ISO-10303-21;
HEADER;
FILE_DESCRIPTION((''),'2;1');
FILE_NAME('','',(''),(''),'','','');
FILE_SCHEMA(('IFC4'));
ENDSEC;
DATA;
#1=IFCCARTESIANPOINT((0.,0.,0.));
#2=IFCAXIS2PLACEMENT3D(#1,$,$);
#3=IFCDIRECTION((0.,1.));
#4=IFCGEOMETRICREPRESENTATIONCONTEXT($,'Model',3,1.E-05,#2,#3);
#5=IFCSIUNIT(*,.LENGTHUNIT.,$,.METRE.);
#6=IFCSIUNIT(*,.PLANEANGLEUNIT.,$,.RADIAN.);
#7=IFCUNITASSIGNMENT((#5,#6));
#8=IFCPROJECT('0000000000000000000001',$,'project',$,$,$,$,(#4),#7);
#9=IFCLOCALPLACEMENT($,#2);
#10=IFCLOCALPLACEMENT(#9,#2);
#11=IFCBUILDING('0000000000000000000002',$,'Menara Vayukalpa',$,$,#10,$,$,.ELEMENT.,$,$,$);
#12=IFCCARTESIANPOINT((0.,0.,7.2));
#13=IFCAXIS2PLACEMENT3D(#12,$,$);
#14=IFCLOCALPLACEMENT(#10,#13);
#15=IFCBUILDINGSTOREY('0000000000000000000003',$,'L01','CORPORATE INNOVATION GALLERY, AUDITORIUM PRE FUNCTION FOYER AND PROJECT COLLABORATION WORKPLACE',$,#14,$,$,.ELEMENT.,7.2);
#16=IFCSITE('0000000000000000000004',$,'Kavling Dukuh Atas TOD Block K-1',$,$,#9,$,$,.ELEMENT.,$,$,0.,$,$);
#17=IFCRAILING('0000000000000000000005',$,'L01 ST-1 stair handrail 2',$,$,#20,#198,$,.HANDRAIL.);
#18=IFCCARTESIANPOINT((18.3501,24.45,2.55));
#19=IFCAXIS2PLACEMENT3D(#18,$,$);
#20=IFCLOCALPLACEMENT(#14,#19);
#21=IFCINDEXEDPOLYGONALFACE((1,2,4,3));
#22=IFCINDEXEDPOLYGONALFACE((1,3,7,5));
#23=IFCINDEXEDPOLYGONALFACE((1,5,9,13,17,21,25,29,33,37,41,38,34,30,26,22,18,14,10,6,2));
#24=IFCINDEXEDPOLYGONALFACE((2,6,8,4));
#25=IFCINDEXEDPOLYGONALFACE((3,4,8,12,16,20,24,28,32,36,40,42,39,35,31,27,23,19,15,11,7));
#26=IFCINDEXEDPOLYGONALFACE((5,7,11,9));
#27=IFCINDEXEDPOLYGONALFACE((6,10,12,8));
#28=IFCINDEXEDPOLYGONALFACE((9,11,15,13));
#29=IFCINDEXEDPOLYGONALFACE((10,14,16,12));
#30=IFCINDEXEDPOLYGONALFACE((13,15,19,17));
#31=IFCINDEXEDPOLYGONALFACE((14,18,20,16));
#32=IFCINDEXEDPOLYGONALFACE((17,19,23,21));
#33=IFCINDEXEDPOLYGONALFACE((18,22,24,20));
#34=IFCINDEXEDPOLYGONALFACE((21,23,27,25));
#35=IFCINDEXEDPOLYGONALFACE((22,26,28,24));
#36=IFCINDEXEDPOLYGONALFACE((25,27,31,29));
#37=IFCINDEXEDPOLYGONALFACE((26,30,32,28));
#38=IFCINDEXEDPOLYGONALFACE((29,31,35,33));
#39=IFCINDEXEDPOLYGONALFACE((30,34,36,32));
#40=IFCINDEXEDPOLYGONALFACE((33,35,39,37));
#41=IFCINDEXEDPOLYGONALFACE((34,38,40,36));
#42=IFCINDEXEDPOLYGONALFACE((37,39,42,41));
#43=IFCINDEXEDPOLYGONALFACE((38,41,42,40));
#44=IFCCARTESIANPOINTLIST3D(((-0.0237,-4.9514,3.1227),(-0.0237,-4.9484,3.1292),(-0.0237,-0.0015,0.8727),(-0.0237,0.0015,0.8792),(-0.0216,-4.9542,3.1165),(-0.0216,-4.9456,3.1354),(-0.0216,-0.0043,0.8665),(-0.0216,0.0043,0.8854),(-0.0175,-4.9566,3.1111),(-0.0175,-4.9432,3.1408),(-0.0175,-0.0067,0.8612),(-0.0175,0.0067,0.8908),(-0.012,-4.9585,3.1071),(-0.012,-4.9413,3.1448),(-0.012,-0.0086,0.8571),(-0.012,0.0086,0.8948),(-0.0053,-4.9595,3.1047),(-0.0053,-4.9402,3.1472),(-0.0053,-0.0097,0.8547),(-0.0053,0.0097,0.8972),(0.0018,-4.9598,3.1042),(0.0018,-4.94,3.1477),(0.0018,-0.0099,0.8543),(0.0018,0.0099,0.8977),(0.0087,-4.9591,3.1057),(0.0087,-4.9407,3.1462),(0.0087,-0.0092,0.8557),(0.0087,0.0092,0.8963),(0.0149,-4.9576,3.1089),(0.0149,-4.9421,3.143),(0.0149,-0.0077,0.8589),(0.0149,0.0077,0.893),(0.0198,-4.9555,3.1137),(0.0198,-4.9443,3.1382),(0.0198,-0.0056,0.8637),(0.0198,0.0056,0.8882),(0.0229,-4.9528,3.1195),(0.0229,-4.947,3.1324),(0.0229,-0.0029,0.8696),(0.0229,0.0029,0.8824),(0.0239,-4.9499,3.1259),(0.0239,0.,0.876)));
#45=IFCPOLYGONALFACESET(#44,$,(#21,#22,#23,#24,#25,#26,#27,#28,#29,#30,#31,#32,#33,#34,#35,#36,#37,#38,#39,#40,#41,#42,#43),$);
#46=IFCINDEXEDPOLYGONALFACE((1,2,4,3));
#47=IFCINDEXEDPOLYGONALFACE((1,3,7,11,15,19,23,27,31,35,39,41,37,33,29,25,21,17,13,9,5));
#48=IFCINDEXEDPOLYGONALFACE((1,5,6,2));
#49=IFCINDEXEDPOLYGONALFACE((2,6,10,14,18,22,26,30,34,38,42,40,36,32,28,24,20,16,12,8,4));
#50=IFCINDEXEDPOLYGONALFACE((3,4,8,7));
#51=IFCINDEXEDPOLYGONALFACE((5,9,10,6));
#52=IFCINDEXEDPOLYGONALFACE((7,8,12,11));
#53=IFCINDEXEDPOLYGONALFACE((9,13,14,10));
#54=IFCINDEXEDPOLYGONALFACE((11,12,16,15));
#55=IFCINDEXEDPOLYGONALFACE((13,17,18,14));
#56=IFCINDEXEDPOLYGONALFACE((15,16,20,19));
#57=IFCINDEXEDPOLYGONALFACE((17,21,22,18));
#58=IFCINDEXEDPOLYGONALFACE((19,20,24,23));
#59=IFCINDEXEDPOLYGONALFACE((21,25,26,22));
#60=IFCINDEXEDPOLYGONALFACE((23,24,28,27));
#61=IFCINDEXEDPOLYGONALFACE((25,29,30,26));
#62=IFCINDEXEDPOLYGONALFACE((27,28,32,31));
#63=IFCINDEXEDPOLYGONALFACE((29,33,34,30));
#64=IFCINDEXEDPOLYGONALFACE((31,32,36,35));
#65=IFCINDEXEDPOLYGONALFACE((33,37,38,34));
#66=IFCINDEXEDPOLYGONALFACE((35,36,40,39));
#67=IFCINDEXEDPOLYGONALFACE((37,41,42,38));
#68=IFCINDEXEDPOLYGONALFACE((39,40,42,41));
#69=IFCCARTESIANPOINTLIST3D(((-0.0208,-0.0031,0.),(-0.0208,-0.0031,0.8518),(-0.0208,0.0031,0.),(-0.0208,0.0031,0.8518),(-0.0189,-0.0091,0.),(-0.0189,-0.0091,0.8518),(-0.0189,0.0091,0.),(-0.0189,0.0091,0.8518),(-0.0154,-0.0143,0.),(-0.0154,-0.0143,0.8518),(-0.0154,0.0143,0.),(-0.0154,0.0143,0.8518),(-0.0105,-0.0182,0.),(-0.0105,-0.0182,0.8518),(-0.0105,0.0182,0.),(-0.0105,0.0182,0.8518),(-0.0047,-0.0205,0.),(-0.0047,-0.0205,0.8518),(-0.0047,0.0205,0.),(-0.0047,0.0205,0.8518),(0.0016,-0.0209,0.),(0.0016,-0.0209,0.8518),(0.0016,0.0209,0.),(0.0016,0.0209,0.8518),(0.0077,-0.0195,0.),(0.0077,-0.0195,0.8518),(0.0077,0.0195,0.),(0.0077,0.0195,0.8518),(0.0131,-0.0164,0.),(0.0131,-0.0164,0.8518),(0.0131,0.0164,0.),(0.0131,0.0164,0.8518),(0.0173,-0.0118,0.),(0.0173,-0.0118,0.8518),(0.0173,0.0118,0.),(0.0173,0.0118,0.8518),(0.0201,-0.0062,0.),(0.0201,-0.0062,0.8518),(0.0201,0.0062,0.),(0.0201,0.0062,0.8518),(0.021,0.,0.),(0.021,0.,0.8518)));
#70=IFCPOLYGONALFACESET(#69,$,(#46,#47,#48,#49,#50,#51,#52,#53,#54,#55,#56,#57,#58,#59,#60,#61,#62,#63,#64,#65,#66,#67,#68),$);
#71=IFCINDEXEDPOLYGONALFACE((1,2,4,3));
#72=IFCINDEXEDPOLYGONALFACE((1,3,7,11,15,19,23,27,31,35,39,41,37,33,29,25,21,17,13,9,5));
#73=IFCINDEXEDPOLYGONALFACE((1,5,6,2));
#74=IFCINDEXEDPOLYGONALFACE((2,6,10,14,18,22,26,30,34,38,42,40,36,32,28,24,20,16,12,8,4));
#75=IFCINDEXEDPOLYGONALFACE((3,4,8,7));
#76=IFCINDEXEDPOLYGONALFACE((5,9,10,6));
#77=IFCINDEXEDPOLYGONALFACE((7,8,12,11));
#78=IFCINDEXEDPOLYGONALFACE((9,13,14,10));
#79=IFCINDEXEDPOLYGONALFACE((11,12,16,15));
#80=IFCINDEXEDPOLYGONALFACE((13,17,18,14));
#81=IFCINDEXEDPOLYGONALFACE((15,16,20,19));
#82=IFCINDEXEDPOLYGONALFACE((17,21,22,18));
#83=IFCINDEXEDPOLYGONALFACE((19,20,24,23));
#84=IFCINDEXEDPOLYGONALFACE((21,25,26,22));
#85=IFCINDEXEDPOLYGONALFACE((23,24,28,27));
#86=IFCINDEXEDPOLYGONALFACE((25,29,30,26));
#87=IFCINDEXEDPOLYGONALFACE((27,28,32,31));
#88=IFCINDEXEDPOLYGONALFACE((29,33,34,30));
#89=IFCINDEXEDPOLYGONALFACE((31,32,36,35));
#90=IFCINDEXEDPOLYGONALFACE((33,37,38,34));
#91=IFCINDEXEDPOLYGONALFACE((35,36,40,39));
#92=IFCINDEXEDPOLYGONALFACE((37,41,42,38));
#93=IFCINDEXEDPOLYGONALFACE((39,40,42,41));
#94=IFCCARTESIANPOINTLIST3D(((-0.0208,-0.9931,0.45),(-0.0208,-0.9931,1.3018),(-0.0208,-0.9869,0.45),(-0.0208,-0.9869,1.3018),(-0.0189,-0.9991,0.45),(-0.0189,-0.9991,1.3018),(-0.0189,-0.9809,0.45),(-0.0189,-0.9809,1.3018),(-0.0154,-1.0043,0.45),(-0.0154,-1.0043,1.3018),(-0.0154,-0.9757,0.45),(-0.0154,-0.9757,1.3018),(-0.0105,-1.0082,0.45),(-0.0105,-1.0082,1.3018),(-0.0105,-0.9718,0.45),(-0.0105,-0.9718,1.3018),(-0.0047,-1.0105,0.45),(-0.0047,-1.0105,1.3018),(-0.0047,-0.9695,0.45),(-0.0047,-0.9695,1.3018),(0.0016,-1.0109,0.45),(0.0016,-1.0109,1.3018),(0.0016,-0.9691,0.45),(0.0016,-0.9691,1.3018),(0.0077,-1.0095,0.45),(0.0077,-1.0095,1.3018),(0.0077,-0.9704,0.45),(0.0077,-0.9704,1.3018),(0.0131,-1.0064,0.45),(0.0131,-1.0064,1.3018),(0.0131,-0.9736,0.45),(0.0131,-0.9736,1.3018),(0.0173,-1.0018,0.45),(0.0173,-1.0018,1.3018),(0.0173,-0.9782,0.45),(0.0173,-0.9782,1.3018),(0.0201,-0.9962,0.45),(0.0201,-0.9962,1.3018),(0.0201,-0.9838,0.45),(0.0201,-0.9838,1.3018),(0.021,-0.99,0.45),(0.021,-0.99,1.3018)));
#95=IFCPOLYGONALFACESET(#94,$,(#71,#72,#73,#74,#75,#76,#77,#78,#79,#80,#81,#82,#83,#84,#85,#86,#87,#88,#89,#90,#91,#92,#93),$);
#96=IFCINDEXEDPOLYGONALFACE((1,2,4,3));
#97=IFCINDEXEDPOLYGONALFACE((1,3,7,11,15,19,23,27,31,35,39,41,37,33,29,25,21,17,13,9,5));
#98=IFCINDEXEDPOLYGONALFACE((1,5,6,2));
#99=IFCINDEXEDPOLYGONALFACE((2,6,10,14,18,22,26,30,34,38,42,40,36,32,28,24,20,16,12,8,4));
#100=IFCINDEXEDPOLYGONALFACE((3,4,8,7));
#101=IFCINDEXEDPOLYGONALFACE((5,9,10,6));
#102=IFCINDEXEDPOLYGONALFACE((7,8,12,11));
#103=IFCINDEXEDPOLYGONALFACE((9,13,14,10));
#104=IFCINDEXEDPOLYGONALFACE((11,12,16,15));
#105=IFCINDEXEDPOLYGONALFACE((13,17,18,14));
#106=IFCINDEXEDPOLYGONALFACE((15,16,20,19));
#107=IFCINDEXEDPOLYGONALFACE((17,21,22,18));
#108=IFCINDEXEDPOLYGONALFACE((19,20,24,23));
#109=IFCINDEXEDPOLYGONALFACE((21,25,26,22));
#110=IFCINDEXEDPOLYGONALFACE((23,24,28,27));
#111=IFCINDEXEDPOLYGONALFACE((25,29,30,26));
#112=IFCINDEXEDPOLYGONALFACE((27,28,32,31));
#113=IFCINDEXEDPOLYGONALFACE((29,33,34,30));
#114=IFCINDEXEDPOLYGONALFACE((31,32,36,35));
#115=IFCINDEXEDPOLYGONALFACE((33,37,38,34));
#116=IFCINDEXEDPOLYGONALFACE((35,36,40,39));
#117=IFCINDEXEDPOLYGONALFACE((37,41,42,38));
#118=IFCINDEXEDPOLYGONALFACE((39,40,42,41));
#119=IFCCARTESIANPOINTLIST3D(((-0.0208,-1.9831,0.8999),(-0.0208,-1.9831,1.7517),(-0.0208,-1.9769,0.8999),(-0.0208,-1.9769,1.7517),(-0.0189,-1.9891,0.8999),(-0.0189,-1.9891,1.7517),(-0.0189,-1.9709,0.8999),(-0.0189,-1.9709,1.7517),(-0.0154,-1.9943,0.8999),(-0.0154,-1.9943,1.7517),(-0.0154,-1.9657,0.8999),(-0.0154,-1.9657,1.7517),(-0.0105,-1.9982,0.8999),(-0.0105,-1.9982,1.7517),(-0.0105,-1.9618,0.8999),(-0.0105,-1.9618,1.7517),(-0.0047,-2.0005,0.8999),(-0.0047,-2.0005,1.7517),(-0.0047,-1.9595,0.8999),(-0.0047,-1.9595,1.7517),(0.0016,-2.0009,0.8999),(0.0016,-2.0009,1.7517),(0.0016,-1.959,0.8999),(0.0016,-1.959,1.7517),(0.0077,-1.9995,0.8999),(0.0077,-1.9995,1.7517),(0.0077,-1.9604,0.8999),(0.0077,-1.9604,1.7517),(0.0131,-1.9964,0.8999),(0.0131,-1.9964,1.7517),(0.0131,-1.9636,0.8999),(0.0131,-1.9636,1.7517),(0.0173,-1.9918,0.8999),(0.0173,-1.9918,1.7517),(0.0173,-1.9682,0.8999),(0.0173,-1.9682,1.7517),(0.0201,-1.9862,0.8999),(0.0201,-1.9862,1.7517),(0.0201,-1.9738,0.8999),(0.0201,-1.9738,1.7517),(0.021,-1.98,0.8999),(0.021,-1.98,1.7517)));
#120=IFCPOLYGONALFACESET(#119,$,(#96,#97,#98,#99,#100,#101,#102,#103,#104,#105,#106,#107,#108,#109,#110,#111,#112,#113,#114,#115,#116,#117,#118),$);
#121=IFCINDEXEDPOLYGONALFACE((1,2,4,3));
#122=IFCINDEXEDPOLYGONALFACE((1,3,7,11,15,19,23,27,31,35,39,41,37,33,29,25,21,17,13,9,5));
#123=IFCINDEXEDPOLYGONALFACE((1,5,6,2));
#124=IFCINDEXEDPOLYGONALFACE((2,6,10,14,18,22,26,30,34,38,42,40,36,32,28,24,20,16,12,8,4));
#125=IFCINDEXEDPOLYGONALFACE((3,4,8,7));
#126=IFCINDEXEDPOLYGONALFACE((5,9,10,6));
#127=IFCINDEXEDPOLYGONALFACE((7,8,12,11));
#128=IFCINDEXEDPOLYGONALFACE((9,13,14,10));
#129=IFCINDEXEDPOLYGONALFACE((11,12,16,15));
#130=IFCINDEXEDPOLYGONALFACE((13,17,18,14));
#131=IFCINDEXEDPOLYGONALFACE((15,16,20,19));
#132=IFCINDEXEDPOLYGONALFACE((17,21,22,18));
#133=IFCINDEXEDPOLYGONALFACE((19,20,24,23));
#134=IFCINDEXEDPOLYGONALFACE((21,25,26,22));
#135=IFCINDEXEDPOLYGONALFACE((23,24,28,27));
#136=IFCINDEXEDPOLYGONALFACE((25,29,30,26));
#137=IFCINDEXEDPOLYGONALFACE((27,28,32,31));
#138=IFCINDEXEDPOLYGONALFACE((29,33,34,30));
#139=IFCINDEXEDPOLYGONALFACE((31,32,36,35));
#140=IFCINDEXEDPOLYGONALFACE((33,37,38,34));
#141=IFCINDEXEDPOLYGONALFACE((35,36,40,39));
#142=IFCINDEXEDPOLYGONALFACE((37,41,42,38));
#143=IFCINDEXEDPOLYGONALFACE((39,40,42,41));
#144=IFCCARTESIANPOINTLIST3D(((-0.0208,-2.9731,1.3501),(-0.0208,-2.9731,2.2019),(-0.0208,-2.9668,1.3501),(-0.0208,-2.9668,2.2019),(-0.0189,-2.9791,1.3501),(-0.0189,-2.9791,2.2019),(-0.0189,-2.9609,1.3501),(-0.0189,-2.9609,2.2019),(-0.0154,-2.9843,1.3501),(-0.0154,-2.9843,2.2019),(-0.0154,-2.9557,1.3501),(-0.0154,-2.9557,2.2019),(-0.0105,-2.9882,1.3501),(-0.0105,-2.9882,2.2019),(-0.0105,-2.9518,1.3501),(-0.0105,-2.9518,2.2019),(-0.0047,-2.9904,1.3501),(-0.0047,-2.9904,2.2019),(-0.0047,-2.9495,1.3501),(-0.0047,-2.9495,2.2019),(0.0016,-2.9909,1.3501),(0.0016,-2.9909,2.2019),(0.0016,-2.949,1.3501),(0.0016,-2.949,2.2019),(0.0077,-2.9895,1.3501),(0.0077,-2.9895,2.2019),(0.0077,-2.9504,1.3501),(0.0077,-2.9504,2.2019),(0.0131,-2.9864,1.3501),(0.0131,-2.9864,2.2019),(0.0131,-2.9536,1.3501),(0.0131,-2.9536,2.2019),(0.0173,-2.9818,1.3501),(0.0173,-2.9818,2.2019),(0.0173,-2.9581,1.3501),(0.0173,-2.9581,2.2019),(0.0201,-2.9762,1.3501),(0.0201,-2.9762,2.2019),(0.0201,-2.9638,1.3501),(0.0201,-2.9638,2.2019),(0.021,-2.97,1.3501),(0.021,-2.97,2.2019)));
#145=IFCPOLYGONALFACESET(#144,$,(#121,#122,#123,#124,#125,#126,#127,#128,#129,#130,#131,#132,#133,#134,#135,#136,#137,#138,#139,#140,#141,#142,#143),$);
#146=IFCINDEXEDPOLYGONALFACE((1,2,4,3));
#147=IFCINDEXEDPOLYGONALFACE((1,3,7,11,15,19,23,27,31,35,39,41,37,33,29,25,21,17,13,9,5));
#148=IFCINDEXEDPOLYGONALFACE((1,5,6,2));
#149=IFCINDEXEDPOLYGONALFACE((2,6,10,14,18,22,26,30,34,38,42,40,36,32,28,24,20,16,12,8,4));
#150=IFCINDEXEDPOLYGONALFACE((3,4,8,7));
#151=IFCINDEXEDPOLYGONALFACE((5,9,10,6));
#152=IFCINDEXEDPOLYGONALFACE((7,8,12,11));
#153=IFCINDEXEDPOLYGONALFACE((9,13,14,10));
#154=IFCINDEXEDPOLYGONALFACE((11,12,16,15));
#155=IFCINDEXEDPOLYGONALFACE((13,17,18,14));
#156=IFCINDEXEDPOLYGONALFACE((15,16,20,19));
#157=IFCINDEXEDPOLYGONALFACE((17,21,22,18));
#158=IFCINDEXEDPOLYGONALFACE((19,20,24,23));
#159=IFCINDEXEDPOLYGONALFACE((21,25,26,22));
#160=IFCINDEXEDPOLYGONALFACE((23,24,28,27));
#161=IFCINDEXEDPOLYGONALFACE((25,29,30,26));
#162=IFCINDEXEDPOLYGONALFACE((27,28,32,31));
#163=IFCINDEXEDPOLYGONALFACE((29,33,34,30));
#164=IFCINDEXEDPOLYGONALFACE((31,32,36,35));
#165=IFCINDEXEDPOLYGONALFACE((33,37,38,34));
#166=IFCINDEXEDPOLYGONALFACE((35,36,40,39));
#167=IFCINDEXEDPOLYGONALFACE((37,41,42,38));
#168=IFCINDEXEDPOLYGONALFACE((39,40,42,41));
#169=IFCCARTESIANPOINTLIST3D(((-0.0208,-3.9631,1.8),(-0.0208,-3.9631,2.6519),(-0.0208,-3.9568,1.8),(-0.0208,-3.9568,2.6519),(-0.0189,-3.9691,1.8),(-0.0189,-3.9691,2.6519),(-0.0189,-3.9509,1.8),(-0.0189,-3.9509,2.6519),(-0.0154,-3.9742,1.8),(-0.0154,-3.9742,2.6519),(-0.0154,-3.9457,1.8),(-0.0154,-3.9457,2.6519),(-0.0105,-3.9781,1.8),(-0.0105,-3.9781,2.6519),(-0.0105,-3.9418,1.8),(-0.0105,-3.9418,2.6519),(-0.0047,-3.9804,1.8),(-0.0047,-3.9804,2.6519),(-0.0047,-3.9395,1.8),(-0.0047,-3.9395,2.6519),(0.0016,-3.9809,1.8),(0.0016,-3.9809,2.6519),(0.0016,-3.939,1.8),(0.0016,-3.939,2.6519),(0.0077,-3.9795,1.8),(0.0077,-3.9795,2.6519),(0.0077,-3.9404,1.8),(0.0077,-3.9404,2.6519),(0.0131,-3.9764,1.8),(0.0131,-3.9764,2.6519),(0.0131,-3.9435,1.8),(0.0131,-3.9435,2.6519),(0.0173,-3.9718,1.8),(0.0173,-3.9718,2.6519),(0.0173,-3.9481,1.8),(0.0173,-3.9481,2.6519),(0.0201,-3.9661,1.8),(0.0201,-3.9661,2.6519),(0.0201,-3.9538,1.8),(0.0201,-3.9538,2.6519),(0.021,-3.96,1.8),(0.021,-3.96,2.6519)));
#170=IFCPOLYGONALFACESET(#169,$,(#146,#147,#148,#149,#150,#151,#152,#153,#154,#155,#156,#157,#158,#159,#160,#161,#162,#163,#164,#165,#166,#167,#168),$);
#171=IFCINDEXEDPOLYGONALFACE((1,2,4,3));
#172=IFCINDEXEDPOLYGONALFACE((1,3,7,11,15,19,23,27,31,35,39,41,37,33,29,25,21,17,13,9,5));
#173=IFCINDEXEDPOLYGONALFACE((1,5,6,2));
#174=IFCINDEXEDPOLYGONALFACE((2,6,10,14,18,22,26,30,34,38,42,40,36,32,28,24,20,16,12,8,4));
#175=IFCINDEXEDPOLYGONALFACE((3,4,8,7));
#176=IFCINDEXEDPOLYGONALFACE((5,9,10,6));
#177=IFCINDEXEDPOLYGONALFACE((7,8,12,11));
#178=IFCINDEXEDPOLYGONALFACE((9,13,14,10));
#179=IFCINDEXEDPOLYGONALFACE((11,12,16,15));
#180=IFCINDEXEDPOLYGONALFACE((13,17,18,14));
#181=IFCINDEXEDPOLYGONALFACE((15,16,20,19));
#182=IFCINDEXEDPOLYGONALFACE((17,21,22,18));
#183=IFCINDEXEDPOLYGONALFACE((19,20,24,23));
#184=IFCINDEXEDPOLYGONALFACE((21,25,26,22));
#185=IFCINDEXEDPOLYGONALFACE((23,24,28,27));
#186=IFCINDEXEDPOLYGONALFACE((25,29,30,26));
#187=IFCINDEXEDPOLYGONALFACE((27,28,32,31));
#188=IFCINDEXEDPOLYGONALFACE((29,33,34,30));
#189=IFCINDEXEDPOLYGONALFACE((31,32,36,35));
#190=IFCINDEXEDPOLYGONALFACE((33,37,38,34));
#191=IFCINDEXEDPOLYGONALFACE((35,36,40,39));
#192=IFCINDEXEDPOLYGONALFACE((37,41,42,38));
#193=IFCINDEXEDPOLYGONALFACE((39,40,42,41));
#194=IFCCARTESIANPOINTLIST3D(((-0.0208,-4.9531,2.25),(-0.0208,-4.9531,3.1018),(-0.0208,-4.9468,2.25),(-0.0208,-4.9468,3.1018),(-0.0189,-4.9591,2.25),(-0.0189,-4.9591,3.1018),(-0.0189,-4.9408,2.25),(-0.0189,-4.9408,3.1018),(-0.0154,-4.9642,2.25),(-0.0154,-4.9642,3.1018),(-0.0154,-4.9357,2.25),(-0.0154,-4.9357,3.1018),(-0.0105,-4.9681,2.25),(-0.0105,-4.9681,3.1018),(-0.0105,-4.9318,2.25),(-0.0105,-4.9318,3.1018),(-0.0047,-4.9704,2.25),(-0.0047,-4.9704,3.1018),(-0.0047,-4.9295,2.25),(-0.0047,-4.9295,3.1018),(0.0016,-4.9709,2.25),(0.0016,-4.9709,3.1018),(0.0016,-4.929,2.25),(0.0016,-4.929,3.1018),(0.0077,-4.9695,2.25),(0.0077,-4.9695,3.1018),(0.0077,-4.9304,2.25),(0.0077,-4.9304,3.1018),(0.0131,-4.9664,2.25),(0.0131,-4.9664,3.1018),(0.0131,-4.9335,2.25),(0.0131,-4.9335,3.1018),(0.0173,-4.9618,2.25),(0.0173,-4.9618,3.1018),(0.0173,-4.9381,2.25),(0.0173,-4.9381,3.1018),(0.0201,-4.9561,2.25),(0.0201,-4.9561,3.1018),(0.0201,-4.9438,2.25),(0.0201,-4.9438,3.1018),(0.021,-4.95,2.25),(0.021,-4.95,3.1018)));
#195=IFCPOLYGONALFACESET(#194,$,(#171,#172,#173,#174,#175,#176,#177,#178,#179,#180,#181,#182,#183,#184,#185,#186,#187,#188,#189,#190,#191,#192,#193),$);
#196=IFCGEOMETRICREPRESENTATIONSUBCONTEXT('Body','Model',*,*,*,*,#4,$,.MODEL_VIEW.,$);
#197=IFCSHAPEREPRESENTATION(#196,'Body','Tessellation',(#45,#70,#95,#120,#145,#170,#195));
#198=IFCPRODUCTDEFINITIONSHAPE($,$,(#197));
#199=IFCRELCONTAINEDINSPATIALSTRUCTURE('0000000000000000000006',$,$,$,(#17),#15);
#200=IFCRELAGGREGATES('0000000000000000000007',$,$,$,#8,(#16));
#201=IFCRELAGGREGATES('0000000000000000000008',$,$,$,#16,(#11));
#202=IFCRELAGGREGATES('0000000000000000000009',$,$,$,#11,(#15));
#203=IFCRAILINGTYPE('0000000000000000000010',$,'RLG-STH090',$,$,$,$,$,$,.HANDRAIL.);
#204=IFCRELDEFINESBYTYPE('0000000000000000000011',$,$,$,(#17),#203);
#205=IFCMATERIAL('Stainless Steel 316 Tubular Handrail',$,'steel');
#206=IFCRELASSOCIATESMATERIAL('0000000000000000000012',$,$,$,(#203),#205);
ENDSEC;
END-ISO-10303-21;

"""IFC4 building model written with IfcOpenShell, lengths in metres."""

from ifc_helpers import new_model, si_unit, direction, frame, origin, origin_2d, place, context, subcontext, project, spatial, circle, extrude, material, type_object, element, save


model = new_model("IFC4")

# Units and contexts
model_context = context("Model", 3, precision=1e-05, world=origin(), true_north=direction((0.0, 1.0)))
body_context = subcontext(model_context, "Body", "Model", "MODEL_VIEW")
ifc_project = project(units=[si_unit("LENGTHUNIT", "METRE"), si_unit("PLANEANGLEUNIT", "RADIAN")], contexts=[model_context])

# Site, building, storey
site_placement = place(None, origin())
site = spatial("IfcSite", under=ifc_project, at=site_placement, Name="Kavling Dukuh Atas TOD Block K-1", CompositionType="ELEMENT", RefElevation=0.0)
building_placement = place(site_placement, origin())
building = spatial("IfcBuilding", under=site, at=building_placement, Name="Menara Vayukalpa", CompositionType="ELEMENT")
storey_placement = place(building_placement, frame((0.0, 0.0, 7.2)))
storey = spatial("IfcBuildingStorey", under=building, at=storey_placement, Name="L01", Description="CORPORATE INNOVATION GALLERY, AUDITORIUM PRE FUNCTION FOYER AND PROJECT COLLABORATION WORKPLACE", CompositionType="ELEMENT", Elevation=7.2)

# Railing
ifc_material_1 = material(Name="Stainless Steel 316 Tubular Handrail", Category="steel")
railing_type_1 = type_object("IfcRailingType", Name="RLG-STH090", PredefinedType="HANDRAIL", material=ifc_material_1)
railing_1_placement = place(storey_placement, frame((18.3501, 24.45, 2.55)))
element("IfcRailing", 1, at=railing_1_placement, inside=storey, type_object=railing_type_1, Name="L01 ST-1 stair handrail 2", PredefinedType="HANDRAIL", context=body_context, shape_type="SweptSolid", body=[
    extrude(circle(Radius=0.0239, at=origin_2d()), frame((0.0, 0.0, 0.876), z_axis=(0.0, -0.910365, 0.413806), x_axis=(1.0, 0.0, 0.0)), (0.0, 0.0, 1.0), 5.4373),
    extrude(circle(Radius=0.021, at=origin_2d()), origin(), (0.0, 0.0, 1.0), 0.8518),
    extrude(circle(Radius=0.021, at=origin_2d()), frame((0.0, -0.99, 0.45)), (0.0, 0.0, 1.0), 0.8518),
    extrude(circle(Radius=0.021, at=origin_2d()), frame((0.0, -1.98, 0.8999)), (0.0, 0.0, 1.0), 0.8518),
    extrude(circle(Radius=0.021, at=origin_2d()), frame((0.0, -2.97, 1.3501)), (0.0, 0.0, 1.0), 0.8518),
    extrude(circle(Radius=0.021, at=origin_2d()), frame((0.0, -3.96, 1.8)), (0.0, 0.0, 1.0), 0.8518),
    extrude(circle(Radius=0.021, at=origin_2d()), frame((0.0, -4.95, 2.25)), (0.0, 0.0, 1.0), 0.8518),
])

save(model, "model.ifc")
